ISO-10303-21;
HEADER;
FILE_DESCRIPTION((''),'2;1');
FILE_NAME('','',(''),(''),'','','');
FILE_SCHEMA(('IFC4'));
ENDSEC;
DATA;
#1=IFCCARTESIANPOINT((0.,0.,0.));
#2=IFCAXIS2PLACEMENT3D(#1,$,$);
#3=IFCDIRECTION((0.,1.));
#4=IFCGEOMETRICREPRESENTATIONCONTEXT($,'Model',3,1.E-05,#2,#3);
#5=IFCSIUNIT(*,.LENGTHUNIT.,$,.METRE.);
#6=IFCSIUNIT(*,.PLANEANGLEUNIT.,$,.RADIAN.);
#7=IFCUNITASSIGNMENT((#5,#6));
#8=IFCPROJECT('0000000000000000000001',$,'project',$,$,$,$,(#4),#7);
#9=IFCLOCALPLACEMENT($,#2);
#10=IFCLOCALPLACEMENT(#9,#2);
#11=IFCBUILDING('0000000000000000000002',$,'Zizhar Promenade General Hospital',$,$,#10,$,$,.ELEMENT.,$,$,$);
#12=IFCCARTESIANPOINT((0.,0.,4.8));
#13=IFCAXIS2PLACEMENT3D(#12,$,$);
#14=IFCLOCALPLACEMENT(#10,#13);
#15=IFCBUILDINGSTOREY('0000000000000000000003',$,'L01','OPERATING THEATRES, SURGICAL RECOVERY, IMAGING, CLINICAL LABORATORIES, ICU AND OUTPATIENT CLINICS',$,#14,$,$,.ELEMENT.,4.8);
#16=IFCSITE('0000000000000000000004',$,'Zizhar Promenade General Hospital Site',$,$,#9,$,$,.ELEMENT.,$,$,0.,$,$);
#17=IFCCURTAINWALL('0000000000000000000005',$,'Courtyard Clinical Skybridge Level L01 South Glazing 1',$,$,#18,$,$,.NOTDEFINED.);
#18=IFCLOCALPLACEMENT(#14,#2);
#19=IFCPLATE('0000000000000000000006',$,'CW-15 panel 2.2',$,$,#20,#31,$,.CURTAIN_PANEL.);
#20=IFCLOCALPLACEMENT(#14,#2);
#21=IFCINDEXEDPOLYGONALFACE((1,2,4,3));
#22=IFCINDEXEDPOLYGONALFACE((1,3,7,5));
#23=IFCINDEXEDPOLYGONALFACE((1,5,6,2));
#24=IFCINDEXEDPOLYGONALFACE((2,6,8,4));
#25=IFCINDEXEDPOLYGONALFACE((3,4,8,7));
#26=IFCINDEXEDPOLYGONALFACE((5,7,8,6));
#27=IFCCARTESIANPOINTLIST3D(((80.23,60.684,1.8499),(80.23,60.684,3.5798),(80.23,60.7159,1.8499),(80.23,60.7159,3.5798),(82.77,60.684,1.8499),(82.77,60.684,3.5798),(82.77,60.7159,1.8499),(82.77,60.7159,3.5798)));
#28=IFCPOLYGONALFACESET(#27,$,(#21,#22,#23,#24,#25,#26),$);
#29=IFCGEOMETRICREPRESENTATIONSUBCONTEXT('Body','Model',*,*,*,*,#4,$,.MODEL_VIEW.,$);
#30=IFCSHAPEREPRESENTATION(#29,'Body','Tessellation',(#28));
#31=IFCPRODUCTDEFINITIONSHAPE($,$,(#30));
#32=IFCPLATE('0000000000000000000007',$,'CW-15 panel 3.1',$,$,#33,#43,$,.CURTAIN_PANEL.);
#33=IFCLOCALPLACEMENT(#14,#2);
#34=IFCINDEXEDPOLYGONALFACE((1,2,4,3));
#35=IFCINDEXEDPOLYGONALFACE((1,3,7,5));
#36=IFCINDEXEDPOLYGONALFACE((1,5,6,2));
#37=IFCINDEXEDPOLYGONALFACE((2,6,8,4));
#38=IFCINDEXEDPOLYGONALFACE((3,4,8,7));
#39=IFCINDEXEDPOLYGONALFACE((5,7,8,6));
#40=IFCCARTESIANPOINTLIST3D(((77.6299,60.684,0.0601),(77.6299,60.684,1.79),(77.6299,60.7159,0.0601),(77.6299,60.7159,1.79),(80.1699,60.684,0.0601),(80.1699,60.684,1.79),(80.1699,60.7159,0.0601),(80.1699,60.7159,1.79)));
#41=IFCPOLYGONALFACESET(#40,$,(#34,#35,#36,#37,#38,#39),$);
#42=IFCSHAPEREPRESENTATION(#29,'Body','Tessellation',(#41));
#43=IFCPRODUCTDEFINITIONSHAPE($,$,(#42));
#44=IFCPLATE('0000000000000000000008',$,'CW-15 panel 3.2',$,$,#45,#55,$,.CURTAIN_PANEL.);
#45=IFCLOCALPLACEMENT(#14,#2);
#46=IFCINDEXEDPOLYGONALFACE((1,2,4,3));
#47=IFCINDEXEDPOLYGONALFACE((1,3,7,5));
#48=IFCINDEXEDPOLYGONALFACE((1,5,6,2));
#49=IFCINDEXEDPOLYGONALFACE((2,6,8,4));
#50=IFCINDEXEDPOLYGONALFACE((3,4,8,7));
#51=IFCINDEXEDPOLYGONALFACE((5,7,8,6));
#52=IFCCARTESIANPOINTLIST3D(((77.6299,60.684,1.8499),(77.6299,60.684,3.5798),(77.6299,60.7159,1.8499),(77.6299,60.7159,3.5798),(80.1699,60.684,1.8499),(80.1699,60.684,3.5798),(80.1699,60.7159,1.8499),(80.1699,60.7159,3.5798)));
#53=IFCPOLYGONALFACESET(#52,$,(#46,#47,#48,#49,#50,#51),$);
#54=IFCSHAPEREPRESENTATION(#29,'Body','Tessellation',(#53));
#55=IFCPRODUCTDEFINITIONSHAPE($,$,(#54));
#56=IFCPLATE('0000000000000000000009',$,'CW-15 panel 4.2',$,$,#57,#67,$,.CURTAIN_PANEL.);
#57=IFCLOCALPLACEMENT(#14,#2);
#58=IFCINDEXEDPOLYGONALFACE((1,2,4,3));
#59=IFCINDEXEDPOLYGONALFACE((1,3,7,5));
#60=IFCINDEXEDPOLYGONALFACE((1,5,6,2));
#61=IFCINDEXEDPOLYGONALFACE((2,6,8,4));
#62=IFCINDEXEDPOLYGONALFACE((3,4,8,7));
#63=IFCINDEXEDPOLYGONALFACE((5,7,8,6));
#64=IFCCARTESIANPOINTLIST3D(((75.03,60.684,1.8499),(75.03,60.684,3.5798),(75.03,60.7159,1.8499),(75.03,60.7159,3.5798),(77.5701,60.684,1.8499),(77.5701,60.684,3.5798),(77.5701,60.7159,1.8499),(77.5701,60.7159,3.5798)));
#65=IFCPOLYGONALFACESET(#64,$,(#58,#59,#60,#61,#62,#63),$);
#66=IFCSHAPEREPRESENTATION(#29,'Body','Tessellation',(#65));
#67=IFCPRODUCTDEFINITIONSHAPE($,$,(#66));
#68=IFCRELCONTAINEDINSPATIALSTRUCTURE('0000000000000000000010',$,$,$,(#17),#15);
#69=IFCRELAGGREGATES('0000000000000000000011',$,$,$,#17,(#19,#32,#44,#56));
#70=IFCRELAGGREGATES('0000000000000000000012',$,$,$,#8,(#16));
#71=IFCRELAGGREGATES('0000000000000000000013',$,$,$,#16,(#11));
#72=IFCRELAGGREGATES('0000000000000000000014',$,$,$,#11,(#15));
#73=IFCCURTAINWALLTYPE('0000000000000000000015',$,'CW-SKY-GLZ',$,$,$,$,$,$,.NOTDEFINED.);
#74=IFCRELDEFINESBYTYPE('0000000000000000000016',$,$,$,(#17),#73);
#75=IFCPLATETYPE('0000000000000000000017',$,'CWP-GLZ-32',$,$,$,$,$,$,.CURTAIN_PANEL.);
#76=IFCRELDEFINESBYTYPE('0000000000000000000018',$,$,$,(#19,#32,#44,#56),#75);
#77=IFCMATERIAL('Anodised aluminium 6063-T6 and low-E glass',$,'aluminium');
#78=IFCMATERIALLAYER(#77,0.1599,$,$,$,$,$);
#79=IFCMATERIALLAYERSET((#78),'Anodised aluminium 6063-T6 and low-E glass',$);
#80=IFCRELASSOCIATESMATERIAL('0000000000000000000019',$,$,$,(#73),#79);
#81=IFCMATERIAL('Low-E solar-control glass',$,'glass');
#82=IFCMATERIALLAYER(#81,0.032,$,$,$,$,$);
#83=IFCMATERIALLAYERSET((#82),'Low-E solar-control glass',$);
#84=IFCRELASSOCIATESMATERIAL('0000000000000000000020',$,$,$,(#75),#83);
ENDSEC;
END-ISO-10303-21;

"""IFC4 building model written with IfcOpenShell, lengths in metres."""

from ifc_helpers import new_model, si_unit, direction, frame, origin, origin_2d, place, context, subcontext, project, spatial, rectangle, extrude, material, layer, layer_set, type_object, element, aggregate, save


model = new_model("IFC4")

# Units and contexts
model_context = context("Model", 3, precision=1e-05, world=origin(), true_north=direction((0.0, 1.0)))
body_context = subcontext(model_context, "Body", "Model", "MODEL_VIEW")
ifc_project = project(units=[si_unit("LENGTHUNIT", "METRE"), si_unit("PLANEANGLEUNIT", "RADIAN")], contexts=[model_context])

# Site, building, storey
site_placement = place(None, origin())
site = spatial("IfcSite", under=ifc_project, at=site_placement, Name="Zizhar Promenade General Hospital Site", CompositionType="ELEMENT", RefElevation=0.0)
building_placement = place(site_placement, origin())
building = spatial("IfcBuilding", under=site, at=building_placement, Name="Zizhar Promenade General Hospital", CompositionType="ELEMENT")
storey_placement = place(building_placement, frame((0.0, 0.0, 4.8)))
storey = spatial("IfcBuildingStorey", under=building, at=storey_placement, Name="L01", Description="OPERATING THEATRES, SURGICAL RECOVERY, IMAGING, CLINICAL LABORATORIES, ICU AND OUTPATIENT CLINICS", CompositionType="ELEMENT", Elevation=4.8)

# Curtain wall
ifc_material_1 = material(Name="Anodised aluminium 6063-T6 and low-E glass", Category="aluminium")
ifc_layer_1 = layer(ifc_material_1, 0.1599)
ifc_layer_set_1 = layer_set([ifc_layer_1], Name="Anodised aluminium 6063-T6 and low-E glass")
curtain_wall_type_1 = type_object("IfcCurtainWallType", Name="CW-SKY-GLZ", PredefinedType="NOTDEFINED", material=ifc_layer_set_1)
curtain_wall_1_placement = place(storey_placement, origin())
curtain_wall_1 = element("IfcCurtainWall", 1, at=curtain_wall_1_placement, inside=storey, type_object=curtain_wall_type_1, Name="Courtyard Clinical Skybridge Level L01 South Glazing 1", PredefinedType="NOTDEFINED")

# Plates
ifc_material_2 = material(Name="Low-E solar-control glass", Category="glass")
ifc_layer_2 = layer(ifc_material_2, 0.032)
ifc_layer_set_2 = layer_set([ifc_layer_2], Name="Low-E solar-control glass")
plate_type = type_object("IfcPlateType", Name="CWP-GLZ-32", PredefinedType="CURTAIN_PANEL", material=ifc_layer_set_2)
plate_1_placement = place(storey_placement, frame((81.5, 60.7, 1.8499), z_axis=(0.0, 0.0, 1.0), x_axis=(-1.0, 0.0, 0.0)))
plate_1 = element("IfcPlate", 2, at=plate_1_placement, type_object=plate_type, Name="CW-15 panel 2.2", PredefinedType="CURTAIN_PANEL", context=body_context, shape_type="SweptSolid", body=[
    extrude(rectangle(XDim=2.54, YDim=0.032, at=origin_2d()), origin(), (0.0, 0.0, 1.0), 1.73),
])
plate_2_placement = place(storey_placement, frame((78.8999, 60.7, 0.0601), z_axis=(0.0, 0.0, 1.0), x_axis=(-1.0, 0.0, 0.0)))
plate_2 = element("IfcPlate", 3, at=plate_2_placement, type_object=plate_type, Name="CW-15 panel 3.1", PredefinedType="CURTAIN_PANEL", context=body_context, shape_type="SweptSolid", body=[
    extrude(rectangle(XDim=2.54, YDim=0.032, at=origin_2d()), origin(), (0.0, 0.0, 1.0), 1.73),
])
plate_3_placement = place(storey_placement, frame((78.8999, 60.7, 1.8499), z_axis=(0.0, 0.0, 1.0), x_axis=(-1.0, 0.0, 0.0)))
plate_3 = element("IfcPlate", 4, at=plate_3_placement, type_object=plate_type, Name="CW-15 panel 3.2", PredefinedType="CURTAIN_PANEL", context=body_context, shape_type="SweptSolid", body=[
    extrude(rectangle(XDim=2.54, YDim=0.032, at=origin_2d()), origin(), (0.0, 0.0, 1.0), 1.73),
])
plate_4_placement = place(storey_placement, frame((76.3, 60.7, 1.8499), z_axis=(0.0, 0.0, 1.0), x_axis=(-1.0, 0.0, 0.0)))
plate_4 = element("IfcPlate", 5, at=plate_4_placement, type_object=plate_type, Name="CW-15 panel 4.2", PredefinedType="CURTAIN_PANEL", context=body_context, shape_type="SweptSolid", body=[
    extrude(rectangle(XDim=2.54, YDim=0.032, at=origin_2d()), origin(), (0.0, 0.0, 1.0), 1.73),
])
aggregate(curtain_wall_1, [plate_1, plate_2, plate_3, plate_4])

save(model, "model.ifc")
